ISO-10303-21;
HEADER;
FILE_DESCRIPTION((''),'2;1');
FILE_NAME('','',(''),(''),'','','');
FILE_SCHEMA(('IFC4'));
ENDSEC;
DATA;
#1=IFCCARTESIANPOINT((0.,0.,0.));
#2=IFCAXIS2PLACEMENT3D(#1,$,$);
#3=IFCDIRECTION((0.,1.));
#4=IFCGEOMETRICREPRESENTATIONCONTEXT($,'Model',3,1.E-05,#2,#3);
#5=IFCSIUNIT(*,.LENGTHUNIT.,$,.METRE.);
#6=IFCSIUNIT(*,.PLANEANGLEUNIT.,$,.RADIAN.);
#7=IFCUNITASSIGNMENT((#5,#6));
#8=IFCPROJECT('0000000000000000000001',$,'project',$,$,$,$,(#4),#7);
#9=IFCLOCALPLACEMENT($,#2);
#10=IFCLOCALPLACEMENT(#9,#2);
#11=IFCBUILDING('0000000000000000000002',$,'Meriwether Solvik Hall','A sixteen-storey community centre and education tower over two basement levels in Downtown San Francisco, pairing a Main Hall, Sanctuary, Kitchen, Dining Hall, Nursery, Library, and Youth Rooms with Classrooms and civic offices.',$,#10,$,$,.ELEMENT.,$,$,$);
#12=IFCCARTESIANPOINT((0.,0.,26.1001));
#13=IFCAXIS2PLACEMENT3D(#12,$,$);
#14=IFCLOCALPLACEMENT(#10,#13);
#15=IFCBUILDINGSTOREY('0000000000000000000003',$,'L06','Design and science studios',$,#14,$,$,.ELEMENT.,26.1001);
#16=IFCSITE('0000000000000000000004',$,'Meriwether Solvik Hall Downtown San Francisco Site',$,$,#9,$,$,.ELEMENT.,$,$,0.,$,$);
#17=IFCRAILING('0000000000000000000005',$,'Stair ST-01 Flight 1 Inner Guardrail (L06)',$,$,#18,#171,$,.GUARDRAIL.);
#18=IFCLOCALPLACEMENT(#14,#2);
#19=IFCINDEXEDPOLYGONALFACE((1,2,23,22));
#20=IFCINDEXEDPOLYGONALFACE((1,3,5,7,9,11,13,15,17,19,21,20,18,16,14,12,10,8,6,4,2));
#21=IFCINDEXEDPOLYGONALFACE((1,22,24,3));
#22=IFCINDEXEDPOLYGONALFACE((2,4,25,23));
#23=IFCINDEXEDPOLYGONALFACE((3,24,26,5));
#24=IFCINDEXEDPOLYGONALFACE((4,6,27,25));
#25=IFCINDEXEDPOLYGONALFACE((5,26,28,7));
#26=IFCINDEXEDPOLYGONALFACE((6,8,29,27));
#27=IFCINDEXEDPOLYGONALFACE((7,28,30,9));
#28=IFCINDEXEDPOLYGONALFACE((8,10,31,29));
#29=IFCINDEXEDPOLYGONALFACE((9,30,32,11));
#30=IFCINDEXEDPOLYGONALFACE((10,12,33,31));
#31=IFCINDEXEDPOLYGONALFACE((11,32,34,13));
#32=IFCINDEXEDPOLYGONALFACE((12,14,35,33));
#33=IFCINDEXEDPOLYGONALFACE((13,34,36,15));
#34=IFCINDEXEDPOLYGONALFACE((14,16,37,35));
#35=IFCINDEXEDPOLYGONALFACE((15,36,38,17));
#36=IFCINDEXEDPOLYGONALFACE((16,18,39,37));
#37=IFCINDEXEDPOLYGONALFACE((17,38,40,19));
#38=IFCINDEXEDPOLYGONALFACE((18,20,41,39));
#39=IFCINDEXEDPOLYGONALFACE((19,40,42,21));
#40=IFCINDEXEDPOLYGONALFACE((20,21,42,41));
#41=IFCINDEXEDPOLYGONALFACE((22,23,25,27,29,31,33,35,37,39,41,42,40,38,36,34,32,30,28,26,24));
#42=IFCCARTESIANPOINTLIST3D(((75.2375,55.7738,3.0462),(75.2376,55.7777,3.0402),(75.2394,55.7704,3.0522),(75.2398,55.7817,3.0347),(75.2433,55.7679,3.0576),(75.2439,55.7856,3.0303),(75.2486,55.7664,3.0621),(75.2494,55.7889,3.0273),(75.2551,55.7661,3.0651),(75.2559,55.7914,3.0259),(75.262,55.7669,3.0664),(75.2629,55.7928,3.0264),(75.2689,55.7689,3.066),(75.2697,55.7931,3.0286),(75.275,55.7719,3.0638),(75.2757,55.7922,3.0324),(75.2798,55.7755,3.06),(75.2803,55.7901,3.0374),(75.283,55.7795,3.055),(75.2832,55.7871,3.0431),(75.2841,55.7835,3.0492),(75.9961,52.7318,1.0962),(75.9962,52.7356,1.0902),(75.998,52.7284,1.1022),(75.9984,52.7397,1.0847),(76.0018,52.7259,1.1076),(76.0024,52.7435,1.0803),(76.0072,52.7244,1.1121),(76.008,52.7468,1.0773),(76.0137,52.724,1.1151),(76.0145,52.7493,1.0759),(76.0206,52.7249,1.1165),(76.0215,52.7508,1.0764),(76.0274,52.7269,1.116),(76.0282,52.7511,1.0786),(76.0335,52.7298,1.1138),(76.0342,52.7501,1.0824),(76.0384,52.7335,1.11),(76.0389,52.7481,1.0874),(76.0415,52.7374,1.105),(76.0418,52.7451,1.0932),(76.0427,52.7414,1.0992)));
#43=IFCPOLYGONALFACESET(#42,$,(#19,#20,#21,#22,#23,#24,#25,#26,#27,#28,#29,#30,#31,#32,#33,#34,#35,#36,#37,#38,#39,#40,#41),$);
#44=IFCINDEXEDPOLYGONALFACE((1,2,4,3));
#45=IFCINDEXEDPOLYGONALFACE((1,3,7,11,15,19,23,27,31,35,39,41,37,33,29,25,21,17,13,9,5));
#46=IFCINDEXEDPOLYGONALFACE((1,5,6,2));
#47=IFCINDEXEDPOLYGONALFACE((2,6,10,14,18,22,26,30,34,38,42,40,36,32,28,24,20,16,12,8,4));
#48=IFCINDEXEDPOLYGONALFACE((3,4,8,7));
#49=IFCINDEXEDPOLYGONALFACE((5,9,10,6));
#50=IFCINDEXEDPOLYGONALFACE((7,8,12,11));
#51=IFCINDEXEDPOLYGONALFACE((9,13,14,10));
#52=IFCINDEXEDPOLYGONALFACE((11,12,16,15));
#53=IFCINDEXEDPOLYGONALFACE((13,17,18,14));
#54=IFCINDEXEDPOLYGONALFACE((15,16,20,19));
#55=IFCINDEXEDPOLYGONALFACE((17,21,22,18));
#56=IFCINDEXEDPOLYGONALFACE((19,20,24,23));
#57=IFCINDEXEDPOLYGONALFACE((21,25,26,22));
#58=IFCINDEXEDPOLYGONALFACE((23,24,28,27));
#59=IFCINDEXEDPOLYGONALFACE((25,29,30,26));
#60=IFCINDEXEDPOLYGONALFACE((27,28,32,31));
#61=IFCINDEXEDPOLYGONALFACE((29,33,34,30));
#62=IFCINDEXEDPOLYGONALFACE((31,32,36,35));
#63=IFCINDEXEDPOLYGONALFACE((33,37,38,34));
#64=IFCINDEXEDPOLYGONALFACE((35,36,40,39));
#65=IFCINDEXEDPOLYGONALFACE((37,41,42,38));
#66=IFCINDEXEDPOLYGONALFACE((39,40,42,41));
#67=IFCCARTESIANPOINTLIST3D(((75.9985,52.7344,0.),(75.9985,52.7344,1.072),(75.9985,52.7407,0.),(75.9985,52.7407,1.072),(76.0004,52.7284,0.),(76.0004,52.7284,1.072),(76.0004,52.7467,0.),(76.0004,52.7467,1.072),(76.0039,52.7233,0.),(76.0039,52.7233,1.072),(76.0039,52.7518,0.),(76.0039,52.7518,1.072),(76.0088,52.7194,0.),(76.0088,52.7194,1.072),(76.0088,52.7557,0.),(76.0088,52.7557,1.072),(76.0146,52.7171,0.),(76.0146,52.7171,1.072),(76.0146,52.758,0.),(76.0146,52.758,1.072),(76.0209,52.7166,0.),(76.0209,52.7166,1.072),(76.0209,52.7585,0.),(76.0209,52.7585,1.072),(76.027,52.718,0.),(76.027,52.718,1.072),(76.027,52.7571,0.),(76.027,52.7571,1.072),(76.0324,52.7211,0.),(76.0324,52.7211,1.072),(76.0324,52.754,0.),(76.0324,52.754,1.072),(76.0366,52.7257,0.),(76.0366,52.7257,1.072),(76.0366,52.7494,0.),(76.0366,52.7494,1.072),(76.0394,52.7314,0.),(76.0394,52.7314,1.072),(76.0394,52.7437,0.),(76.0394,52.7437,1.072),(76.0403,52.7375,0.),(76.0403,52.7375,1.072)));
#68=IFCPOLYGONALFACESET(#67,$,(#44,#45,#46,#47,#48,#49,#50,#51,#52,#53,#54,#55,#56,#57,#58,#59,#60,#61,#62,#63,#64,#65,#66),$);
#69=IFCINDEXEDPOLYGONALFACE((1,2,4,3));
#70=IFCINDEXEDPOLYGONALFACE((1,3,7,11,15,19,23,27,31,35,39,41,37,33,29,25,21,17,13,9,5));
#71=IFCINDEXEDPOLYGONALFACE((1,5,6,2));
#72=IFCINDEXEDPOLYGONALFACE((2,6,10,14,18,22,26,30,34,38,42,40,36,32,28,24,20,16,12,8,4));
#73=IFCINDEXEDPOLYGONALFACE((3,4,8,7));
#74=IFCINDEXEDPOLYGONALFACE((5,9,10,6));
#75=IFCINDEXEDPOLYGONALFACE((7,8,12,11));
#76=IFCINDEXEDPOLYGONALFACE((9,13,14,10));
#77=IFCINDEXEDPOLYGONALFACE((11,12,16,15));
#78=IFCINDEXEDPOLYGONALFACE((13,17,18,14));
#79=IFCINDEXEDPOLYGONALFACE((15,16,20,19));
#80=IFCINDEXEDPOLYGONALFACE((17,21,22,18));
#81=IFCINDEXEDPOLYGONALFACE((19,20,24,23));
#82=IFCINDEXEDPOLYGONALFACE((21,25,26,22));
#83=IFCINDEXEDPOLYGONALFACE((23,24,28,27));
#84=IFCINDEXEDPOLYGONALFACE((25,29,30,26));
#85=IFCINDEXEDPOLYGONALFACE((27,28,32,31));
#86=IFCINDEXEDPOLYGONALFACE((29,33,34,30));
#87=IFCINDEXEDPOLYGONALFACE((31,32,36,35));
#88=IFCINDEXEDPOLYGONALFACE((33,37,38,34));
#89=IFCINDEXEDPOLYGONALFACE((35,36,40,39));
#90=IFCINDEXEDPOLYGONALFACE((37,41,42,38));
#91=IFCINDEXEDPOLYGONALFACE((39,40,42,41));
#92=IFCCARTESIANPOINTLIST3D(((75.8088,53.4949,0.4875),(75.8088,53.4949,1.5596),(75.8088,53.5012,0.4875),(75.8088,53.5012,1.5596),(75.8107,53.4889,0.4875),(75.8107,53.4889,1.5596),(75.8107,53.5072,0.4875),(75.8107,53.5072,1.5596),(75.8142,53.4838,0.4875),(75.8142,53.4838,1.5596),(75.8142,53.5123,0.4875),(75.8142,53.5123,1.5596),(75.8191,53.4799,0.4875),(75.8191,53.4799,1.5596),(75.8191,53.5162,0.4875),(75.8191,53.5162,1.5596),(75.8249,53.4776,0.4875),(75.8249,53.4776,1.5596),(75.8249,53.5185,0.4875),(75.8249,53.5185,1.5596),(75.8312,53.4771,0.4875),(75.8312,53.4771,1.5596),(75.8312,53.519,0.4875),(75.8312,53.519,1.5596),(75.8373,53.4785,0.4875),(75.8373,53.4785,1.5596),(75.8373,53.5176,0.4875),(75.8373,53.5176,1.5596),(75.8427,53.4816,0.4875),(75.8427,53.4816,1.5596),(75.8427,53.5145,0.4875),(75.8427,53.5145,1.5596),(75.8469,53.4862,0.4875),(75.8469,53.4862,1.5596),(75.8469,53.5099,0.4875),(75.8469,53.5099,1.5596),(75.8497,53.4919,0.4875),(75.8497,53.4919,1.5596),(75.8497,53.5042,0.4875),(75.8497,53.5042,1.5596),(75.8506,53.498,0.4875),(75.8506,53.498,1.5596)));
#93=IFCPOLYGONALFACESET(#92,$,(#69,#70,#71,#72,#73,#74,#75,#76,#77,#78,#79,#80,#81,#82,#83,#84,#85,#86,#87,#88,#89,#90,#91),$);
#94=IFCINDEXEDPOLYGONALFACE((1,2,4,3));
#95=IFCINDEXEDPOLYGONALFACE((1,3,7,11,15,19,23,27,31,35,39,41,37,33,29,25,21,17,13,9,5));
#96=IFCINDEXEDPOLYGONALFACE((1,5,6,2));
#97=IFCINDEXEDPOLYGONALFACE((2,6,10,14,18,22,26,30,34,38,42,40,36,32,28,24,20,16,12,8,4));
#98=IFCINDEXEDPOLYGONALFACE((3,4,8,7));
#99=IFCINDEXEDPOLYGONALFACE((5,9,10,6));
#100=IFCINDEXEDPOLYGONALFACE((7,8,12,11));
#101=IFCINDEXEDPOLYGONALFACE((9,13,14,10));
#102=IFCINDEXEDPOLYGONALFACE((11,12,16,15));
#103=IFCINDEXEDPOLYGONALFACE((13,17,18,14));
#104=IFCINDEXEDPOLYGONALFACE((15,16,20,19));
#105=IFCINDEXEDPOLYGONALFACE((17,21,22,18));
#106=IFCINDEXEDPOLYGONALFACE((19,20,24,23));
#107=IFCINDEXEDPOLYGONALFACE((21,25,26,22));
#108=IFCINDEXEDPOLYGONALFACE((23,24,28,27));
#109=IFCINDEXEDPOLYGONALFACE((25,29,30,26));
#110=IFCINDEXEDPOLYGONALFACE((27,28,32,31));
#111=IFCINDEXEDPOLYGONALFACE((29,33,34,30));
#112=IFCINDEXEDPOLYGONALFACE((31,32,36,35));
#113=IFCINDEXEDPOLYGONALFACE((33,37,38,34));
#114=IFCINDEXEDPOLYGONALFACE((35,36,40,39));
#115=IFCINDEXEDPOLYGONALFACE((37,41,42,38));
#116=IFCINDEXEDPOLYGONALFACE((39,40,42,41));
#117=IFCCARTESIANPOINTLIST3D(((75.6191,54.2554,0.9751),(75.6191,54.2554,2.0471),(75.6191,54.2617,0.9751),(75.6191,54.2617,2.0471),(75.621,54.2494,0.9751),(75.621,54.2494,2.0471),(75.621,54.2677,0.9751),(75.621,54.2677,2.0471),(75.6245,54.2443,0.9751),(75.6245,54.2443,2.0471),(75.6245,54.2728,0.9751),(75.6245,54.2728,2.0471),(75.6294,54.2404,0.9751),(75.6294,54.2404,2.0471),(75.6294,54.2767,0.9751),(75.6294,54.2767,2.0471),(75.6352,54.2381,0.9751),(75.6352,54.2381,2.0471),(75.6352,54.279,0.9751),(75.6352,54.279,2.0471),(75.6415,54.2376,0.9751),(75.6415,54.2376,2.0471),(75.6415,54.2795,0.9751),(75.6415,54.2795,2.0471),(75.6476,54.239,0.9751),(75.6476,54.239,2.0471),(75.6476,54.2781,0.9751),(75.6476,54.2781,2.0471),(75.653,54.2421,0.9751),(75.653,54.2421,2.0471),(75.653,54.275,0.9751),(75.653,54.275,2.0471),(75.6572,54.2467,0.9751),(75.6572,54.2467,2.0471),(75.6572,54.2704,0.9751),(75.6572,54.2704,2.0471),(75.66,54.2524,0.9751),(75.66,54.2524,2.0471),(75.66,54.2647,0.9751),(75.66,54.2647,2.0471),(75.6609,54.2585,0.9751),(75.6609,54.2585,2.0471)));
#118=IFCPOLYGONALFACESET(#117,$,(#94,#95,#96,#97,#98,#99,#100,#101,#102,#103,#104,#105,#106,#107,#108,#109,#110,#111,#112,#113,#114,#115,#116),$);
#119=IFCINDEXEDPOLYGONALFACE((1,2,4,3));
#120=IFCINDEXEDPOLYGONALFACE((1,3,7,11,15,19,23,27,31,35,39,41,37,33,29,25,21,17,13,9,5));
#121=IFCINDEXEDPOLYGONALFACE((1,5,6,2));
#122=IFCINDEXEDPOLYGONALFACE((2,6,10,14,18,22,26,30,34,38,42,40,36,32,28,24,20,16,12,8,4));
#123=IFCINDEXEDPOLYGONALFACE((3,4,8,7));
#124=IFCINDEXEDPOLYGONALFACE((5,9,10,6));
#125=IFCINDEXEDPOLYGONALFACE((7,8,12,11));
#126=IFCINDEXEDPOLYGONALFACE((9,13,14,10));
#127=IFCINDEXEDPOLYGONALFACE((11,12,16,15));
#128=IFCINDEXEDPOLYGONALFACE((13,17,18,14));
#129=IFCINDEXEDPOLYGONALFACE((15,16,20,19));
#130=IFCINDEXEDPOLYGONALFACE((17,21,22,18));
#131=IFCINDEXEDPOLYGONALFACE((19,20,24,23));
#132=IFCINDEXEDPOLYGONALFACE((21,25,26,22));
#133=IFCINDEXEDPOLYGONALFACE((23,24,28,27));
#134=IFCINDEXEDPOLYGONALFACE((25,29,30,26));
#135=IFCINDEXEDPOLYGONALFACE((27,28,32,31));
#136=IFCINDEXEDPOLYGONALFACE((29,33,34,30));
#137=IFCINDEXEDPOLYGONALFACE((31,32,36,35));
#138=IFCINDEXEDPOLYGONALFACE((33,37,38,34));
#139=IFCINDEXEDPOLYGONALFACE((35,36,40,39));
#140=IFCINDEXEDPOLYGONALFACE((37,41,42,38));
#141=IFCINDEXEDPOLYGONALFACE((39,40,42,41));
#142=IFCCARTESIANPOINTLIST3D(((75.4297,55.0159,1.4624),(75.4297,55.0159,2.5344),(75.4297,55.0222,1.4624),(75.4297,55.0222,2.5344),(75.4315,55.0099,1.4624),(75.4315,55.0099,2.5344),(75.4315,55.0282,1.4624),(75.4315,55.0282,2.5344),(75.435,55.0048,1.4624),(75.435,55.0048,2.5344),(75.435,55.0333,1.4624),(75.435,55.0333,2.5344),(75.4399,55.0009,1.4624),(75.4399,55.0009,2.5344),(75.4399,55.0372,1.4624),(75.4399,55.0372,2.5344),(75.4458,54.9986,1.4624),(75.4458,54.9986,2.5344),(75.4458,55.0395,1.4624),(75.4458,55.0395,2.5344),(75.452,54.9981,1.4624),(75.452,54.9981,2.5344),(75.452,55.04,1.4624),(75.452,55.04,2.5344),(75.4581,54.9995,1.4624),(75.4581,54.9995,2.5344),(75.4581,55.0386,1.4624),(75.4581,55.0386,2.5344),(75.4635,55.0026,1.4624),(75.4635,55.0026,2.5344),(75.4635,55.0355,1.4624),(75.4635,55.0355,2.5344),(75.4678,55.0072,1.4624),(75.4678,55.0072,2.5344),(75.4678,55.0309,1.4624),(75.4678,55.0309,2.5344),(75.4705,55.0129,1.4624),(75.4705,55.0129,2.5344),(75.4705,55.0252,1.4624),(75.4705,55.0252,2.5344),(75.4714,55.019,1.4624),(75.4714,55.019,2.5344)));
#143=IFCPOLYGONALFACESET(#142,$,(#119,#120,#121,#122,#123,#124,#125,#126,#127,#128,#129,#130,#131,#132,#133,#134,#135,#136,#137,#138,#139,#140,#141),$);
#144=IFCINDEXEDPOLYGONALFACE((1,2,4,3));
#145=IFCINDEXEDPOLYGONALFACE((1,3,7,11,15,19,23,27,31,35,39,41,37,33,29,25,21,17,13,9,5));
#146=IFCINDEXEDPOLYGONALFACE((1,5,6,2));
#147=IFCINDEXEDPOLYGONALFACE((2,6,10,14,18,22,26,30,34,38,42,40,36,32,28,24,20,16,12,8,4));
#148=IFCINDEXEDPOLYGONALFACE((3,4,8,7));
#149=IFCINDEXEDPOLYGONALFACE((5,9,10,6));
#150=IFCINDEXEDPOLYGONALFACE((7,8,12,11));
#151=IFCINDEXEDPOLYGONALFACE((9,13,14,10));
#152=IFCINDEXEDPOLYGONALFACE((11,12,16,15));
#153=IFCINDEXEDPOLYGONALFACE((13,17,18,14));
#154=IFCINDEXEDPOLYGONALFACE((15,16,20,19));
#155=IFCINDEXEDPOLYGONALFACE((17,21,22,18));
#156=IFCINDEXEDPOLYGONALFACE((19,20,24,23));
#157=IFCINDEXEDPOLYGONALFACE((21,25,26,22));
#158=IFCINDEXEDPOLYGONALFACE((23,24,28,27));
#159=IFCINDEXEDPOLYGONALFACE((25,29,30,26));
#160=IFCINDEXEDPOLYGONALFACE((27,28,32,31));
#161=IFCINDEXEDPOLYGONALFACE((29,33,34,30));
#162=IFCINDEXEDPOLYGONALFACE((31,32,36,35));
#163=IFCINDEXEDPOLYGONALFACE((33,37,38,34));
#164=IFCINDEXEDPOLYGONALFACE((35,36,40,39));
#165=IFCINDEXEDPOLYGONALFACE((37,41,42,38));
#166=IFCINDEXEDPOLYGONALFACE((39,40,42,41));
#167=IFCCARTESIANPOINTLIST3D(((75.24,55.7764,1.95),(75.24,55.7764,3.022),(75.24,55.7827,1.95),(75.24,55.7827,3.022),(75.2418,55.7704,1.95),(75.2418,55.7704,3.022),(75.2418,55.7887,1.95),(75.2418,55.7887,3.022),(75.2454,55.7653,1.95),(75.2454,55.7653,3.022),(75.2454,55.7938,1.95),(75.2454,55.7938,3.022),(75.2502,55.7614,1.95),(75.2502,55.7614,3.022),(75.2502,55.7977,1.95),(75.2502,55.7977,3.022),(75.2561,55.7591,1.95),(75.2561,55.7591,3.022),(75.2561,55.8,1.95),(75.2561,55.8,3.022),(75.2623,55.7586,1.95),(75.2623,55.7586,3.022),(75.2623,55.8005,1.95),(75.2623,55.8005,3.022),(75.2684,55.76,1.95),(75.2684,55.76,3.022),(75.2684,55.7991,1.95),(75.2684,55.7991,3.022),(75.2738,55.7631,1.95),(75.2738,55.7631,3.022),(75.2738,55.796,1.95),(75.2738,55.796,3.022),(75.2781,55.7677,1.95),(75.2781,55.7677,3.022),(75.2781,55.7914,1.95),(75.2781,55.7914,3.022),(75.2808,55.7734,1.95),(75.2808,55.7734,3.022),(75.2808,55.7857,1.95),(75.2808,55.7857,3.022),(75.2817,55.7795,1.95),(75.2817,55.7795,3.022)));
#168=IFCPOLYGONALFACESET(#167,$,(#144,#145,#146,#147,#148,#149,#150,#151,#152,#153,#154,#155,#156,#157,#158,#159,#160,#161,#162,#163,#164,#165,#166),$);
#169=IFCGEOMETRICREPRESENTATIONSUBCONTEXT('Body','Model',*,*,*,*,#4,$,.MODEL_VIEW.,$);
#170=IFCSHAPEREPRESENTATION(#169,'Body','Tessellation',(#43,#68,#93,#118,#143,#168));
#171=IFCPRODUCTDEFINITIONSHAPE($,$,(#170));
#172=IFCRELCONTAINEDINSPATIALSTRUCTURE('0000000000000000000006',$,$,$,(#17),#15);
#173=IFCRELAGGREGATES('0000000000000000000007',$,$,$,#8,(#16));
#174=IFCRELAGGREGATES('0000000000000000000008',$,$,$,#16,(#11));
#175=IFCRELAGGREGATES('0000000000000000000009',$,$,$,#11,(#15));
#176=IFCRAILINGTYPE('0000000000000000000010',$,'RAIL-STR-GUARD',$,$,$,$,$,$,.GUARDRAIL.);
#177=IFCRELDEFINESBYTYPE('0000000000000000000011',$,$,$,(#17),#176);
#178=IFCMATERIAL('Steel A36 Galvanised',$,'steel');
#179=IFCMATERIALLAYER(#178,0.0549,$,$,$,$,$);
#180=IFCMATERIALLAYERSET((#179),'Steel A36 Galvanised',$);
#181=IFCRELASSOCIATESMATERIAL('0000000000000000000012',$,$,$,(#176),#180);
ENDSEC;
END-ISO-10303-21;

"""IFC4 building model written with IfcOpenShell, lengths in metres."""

from ifc_helpers import new_model, si_unit, direction, frame, origin, origin_2d, place, context, subcontext, project, spatial, circle, extrude, material, layer, layer_set, type_object, element, save


model = new_model("IFC4")

# Units and contexts
model_context = context("Model", 3, precision=1e-05, world=origin(), true_north=direction((0.0, 1.0)))
body_context = subcontext(model_context, "Body", "Model", "MODEL_VIEW")
ifc_project = project(units=[si_unit("LENGTHUNIT", "METRE"), si_unit("PLANEANGLEUNIT", "RADIAN")], contexts=[model_context])

# Site, building, storey
site_placement = place(None, origin())
site = spatial("IfcSite", under=ifc_project, at=site_placement, Name="Meriwether Solvik Hall Downtown San Francisco Site", CompositionType="ELEMENT", RefElevation=0.0)
building_placement = place(site_placement, origin())
building = spatial("IfcBuilding", under=site, at=building_placement, Name="Meriwether Solvik Hall", Description="A sixteen-storey community centre and education tower over two basement levels in Downtown San Francisco, pairing a Main Hall, Sanctuary, Kitchen, Dining Hall, Nursery, Library, and Youth Rooms with Classrooms and civic offices.", CompositionType="ELEMENT")
storey_placement = place(building_placement, frame((0.0, 0.0, 26.1001)))
storey = spatial("IfcBuildingStorey", under=building, at=storey_placement, Name="L06", Description="Design and science studios", CompositionType="ELEMENT", Elevation=26.1001)

# Railing
ifc_material_1 = material(Name="Steel A36 Galvanised", Category="steel")
ifc_layer_1 = layer(ifc_material_1, 0.0549)
ifc_layer_set_1 = layer_set([ifc_layer_1], Name="Steel A36 Galvanised")
railing_type_1 = type_object("IfcRailingType", Name="RAIL-STR-GUARD", PredefinedType="GUARDRAIL", material=ifc_layer_set_1)
railing_1_placement = place(storey_placement, frame((76.0193, 52.7375, 0.0)))
element("IfcRailing", 1, at=railing_1_placement, inside=storey, type_object=railing_type_1, Name="Stair ST-01 Flight 1 Inner Guardrail (L06)", PredefinedType="GUARDRAIL", context=body_context, shape_type="SweptSolid", body=[
    extrude(circle(Radius=0.0239, at=origin_2d()), frame((0.0, 0.0, 1.0962), z_axis=(-0.205452, 0.823925, 0.528145), x_axis=(-0.970289, -0.241949, 0.0)), (0.0, 0.0, 1.0), 3.6921),
    extrude(circle(Radius=0.021, at=origin_2d()), origin(), (0.0, 0.0, 1.0), 1.072),
    extrude(circle(Radius=0.021, at=origin_2d()), frame((-0.1897, 0.7605, 0.4875)), (0.0, 0.0, 1.0), 1.072),
    extrude(circle(Radius=0.021, at=origin_2d()), frame((-0.3794, 1.521, 0.9751)), (0.0, 0.0, 1.0), 1.072),
    extrude(circle(Radius=0.021, at=origin_2d()), frame((-0.5688, 2.2815, 1.4624)), (0.0, 0.0, 1.0), 1.072),
    extrude(circle(Radius=0.021, at=origin_2d()), frame((-0.7585, 3.042, 1.95)), (0.0, 0.0, 1.0), 1.072),
])

save(model, "model.ifc")
